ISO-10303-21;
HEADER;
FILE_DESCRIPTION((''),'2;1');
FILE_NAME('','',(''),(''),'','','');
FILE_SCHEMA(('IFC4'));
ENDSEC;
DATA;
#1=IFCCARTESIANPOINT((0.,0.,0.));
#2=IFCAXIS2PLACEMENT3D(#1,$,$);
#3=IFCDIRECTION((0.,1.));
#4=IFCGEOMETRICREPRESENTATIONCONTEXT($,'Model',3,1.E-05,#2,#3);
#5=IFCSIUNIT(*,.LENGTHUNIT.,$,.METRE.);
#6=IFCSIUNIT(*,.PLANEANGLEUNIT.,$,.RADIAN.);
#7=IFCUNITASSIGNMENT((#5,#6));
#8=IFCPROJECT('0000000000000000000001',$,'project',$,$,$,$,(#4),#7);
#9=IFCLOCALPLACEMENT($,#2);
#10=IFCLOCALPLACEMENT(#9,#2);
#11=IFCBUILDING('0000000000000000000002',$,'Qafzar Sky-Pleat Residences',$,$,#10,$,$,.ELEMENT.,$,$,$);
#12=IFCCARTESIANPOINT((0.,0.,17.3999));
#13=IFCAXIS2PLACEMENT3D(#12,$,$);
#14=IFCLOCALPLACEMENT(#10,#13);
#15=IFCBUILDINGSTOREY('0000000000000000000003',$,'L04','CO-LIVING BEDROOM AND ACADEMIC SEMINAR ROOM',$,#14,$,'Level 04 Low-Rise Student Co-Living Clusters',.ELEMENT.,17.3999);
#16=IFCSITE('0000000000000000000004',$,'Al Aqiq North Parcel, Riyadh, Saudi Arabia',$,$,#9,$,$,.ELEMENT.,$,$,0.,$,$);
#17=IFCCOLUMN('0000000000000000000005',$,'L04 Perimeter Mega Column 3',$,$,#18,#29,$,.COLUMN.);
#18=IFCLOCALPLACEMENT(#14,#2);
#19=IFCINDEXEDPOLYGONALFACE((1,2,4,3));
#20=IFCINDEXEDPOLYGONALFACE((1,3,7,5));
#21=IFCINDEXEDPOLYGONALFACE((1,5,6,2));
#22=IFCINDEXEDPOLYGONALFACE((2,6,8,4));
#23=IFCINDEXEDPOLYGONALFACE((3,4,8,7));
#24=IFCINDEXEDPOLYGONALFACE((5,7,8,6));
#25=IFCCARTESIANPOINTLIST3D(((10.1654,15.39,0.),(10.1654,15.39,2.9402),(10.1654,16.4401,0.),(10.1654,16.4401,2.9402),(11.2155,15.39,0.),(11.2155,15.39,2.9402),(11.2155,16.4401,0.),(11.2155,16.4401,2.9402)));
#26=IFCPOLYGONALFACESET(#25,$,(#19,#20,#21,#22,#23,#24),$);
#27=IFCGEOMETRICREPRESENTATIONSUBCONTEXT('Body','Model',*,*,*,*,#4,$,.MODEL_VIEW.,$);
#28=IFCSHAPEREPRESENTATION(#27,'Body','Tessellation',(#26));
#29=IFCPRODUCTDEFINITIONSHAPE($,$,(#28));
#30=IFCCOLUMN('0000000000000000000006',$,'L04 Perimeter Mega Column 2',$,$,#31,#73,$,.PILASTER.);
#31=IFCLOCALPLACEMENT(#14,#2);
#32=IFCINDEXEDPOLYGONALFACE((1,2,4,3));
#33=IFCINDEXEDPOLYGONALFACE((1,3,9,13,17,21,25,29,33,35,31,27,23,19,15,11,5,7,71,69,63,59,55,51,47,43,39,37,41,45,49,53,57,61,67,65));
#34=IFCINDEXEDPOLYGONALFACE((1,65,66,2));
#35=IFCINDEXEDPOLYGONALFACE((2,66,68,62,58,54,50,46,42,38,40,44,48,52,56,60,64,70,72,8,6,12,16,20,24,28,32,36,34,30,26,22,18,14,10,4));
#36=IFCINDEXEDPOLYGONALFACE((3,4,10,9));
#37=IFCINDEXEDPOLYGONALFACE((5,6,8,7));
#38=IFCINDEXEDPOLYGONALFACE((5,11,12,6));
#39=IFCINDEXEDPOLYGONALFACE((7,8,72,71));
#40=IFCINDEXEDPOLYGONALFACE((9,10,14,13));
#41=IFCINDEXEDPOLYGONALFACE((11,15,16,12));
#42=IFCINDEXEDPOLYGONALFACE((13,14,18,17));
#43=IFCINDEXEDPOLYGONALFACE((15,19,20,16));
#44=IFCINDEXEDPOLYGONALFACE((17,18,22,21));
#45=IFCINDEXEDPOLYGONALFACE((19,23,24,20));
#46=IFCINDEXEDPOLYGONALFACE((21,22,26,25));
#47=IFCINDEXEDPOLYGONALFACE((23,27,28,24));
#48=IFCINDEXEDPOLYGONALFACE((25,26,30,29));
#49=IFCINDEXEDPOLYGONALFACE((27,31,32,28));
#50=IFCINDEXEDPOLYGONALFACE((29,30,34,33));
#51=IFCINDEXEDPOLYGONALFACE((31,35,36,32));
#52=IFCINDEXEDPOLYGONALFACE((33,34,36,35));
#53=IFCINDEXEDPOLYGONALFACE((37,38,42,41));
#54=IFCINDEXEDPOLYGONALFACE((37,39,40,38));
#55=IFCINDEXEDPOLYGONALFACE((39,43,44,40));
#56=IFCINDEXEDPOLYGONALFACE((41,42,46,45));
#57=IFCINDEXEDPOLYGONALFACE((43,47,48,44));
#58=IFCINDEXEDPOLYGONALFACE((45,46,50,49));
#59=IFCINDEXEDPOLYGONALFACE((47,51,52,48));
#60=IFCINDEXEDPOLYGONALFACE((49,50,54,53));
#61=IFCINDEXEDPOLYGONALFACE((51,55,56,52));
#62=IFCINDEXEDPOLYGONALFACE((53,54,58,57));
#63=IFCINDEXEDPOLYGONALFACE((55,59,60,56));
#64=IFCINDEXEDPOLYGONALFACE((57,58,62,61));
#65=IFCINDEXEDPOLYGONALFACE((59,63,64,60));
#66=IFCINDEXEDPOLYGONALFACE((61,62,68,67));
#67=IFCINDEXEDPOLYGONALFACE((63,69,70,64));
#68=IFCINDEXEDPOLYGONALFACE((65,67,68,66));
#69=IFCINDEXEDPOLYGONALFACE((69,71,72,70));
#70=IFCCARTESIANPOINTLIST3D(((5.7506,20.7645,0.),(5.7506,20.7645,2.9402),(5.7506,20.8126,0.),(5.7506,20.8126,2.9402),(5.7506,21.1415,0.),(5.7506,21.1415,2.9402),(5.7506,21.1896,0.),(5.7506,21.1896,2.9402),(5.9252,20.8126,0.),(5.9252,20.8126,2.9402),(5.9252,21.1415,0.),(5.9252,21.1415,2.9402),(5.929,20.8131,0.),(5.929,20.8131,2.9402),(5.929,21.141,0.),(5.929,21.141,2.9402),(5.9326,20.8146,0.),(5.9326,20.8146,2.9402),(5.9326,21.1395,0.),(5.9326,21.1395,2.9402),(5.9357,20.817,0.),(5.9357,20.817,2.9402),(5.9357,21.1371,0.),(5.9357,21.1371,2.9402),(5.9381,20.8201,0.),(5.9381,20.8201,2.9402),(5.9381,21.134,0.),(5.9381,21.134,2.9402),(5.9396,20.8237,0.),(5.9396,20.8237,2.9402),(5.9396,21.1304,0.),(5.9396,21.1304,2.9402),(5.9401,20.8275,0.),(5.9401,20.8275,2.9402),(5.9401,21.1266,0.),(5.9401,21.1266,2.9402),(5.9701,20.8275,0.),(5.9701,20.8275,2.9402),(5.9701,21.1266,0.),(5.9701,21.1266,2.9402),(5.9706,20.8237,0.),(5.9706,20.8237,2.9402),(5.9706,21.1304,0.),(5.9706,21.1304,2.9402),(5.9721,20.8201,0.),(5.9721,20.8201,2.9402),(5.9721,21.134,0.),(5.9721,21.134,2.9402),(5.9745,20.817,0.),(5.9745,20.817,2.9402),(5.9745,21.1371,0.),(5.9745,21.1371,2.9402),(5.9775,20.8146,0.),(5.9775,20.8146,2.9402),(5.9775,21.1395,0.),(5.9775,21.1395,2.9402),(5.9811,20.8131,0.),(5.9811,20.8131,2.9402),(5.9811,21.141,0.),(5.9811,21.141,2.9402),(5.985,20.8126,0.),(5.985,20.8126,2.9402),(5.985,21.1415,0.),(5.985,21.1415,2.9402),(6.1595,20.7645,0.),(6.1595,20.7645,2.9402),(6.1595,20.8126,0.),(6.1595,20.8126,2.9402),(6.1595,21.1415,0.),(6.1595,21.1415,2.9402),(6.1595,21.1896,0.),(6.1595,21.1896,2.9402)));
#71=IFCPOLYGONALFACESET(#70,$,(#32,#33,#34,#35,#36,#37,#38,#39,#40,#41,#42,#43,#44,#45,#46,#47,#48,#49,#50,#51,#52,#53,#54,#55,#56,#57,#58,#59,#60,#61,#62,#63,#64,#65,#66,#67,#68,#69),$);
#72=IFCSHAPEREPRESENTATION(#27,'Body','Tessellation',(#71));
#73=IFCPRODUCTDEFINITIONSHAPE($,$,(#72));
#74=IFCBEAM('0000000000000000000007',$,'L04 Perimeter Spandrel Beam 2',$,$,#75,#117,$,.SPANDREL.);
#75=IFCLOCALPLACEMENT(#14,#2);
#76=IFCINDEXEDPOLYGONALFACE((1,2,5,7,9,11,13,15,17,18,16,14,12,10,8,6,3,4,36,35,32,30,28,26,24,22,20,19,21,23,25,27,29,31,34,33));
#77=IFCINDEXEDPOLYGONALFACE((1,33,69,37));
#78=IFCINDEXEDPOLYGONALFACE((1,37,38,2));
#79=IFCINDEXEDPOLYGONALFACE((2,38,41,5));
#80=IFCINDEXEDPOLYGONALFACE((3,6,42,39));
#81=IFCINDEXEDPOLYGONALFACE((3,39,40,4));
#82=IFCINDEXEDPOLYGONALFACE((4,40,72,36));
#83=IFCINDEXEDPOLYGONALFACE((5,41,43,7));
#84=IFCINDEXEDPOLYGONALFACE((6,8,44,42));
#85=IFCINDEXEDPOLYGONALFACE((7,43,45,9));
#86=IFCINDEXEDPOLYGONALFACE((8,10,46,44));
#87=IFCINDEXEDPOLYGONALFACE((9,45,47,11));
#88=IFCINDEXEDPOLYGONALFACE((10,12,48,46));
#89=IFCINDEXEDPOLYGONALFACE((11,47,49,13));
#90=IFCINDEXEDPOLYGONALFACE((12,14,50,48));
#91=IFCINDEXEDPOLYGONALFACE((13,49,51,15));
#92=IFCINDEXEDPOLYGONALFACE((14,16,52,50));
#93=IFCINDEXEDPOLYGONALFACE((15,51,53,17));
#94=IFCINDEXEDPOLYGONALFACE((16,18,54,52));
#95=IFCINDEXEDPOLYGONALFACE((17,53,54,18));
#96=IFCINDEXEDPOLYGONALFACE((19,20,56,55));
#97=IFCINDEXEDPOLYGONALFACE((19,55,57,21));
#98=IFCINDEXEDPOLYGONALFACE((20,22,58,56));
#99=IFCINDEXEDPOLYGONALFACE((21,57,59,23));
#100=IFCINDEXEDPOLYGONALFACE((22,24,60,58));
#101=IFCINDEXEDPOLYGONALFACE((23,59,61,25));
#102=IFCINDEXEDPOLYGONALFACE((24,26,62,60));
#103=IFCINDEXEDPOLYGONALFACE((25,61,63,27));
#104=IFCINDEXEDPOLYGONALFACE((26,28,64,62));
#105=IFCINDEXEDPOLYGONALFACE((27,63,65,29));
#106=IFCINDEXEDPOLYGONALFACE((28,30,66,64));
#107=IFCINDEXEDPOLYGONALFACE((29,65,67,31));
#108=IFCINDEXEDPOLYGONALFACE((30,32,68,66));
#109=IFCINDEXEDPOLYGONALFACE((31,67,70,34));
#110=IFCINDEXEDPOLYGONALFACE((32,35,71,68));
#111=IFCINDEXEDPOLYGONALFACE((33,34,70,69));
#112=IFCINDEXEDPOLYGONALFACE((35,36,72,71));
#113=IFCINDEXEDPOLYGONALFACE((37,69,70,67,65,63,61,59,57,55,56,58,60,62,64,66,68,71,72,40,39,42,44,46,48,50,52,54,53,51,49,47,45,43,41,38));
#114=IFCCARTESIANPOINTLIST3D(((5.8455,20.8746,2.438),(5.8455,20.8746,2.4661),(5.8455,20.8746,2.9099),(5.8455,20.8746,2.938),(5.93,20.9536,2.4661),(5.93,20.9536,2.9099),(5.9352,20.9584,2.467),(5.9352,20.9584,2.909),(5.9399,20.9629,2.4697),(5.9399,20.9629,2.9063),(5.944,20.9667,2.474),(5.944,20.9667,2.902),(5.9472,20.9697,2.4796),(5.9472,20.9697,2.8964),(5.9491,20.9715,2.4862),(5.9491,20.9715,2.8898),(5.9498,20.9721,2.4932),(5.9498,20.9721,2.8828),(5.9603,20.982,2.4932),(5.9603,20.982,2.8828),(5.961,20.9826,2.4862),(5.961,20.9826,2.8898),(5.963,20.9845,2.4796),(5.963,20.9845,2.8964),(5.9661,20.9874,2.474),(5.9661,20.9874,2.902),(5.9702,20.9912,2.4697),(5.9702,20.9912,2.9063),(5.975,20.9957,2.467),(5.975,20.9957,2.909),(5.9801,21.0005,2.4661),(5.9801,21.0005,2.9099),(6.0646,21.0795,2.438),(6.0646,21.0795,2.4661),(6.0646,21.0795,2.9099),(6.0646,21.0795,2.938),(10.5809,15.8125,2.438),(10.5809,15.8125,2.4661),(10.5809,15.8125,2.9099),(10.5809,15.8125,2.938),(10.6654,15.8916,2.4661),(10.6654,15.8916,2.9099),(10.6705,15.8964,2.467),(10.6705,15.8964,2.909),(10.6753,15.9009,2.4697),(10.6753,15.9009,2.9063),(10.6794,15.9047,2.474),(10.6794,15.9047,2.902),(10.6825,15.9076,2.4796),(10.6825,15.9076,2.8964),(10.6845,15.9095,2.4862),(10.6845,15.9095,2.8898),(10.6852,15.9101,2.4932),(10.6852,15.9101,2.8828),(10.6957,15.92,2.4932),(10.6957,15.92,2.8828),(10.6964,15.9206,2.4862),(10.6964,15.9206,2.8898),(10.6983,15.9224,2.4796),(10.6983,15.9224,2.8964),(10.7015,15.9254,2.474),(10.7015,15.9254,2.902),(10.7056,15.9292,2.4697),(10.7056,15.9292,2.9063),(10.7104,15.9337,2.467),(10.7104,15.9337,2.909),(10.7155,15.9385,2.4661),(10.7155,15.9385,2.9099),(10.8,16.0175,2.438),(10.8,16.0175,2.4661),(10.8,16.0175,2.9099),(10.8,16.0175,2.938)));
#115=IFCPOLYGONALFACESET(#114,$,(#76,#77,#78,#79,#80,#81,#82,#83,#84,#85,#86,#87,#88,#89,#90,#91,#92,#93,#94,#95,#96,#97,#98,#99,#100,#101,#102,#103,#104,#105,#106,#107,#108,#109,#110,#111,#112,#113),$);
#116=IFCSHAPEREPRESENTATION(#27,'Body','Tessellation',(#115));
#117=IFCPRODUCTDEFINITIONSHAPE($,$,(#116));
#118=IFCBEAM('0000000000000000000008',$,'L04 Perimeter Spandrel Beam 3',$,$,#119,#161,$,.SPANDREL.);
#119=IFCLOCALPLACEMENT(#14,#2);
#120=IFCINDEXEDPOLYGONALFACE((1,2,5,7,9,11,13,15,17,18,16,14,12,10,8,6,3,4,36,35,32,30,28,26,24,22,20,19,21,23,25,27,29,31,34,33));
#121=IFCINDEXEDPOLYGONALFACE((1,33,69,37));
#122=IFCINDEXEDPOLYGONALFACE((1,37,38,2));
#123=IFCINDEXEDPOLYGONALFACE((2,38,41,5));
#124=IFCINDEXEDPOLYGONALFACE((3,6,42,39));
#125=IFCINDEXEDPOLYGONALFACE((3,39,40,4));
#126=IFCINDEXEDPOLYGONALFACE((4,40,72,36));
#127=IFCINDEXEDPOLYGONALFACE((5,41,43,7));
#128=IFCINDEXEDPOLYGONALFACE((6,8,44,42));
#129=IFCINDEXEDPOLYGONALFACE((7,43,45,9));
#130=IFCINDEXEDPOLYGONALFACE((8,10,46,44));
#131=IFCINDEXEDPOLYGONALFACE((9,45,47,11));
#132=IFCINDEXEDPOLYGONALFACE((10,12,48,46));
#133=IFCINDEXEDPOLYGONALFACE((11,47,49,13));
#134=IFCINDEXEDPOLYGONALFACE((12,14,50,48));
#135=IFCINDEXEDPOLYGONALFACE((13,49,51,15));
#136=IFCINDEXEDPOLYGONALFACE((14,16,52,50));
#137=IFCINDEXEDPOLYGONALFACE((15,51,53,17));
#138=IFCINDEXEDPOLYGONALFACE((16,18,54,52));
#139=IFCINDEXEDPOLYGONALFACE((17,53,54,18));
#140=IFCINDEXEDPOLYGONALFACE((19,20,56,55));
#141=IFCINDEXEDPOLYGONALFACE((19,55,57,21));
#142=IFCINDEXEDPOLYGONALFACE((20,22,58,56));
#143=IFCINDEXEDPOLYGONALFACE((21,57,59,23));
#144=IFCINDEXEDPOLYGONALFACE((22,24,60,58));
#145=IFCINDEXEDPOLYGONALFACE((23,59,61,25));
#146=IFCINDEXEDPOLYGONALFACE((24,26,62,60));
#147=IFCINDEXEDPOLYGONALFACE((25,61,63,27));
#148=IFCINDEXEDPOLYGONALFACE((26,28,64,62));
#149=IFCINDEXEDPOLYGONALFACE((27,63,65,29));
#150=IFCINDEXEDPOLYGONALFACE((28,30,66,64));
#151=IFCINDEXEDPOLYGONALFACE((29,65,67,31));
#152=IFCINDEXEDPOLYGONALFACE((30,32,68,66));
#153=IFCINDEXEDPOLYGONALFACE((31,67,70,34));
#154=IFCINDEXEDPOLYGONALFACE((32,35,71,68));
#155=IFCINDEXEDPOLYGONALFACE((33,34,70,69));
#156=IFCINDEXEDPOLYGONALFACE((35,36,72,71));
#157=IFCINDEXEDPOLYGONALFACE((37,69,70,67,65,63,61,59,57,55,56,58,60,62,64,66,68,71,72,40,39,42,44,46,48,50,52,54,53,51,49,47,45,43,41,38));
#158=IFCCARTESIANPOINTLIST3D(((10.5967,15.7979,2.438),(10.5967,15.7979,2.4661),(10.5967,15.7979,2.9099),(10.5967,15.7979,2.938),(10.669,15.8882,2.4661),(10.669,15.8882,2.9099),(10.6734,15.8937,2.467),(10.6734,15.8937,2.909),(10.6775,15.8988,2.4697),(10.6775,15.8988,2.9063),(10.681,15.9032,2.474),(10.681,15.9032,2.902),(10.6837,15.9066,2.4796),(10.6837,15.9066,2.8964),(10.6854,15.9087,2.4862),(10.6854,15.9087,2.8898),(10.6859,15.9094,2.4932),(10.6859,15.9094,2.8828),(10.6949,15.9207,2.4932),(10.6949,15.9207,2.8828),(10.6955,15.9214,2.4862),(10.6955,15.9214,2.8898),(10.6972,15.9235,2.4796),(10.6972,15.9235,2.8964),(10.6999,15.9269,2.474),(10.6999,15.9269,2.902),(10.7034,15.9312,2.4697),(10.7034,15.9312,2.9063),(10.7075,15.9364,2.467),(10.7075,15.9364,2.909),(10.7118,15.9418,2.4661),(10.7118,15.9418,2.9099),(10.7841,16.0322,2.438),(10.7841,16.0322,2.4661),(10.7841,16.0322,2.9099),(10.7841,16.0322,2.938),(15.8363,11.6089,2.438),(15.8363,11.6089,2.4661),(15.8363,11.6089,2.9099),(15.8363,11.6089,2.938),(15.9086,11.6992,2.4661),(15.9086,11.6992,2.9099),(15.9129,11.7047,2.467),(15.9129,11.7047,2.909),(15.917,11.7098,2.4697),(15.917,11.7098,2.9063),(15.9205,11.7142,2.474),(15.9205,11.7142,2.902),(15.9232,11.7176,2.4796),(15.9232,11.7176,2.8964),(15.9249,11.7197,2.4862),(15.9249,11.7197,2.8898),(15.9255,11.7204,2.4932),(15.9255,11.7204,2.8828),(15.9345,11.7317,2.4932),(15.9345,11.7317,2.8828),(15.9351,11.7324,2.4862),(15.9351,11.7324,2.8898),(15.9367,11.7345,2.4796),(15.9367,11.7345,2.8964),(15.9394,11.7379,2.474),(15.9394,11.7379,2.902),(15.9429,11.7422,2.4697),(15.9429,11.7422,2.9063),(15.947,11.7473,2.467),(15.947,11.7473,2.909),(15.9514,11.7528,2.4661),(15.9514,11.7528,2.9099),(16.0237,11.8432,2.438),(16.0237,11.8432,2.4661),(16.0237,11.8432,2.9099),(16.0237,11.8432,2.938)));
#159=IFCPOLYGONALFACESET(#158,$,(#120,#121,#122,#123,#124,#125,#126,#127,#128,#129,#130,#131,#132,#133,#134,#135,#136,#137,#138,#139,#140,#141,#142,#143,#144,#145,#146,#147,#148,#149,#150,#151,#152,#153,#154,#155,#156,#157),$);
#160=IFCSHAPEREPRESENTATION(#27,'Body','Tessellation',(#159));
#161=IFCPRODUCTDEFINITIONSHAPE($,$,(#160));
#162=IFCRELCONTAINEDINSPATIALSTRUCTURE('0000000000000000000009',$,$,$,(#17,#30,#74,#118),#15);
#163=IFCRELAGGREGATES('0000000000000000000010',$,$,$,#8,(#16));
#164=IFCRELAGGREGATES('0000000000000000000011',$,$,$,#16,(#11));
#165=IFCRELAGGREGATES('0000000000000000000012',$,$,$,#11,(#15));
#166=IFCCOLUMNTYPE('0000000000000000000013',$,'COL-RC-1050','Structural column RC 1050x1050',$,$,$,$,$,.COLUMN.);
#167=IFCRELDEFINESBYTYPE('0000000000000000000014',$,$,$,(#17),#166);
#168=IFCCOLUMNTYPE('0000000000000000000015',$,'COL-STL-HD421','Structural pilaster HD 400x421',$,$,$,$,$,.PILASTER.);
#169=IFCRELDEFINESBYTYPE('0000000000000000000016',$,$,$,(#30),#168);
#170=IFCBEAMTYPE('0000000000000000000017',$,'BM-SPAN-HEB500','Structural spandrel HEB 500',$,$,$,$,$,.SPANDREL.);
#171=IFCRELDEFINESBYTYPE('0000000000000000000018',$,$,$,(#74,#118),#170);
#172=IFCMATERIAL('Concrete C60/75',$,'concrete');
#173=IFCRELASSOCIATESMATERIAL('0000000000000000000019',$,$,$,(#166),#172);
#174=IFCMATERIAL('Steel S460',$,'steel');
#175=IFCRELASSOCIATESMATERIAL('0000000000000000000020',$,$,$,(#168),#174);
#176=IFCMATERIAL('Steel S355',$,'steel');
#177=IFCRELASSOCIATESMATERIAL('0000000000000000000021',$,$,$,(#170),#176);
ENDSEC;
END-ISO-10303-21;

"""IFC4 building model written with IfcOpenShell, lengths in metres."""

from ifc_helpers import new_model, si_unit, direction, frame, origin, origin_2d, place, context, subcontext, project, spatial, rectangle, i_section, extrude, source, transform, mapped, material, material_profile, profile_set, type_object, element, save


model = new_model("IFC4")

# Units and contexts
model_context = context("Model", 3, precision=1e-05, world=origin(), true_north=direction((0.0, 1.0)))
body_context = subcontext(model_context, "Body", "Model", "MODEL_VIEW")
ifc_project = project(units=[si_unit("LENGTHUNIT", "METRE"), si_unit("PLANEANGLEUNIT", "RADIAN")], contexts=[model_context])

# Site, building, storey
site_placement = place(None, origin())
site = spatial("IfcSite", under=ifc_project, at=site_placement, Name="Al Aqiq North Parcel, Riyadh, Saudi Arabia", CompositionType="ELEMENT", RefElevation=0.0)
building_placement = place(site_placement, origin())
building = spatial("IfcBuilding", under=site, at=building_placement, Name="Qafzar Sky-Pleat Residences", CompositionType="ELEMENT")
storey_placement = place(building_placement, frame((0.0, 0.0, 17.3999)))
storey = spatial("IfcBuildingStorey", under=building, at=storey_placement, Name="L04", Description="CO-LIVING BEDROOM AND ACADEMIC SEMINAR ROOM", LongName="Level 04 Low-Rise Student Co-Living Clusters", CompositionType="ELEMENT", Elevation=17.3999)

# Columns
ifc_material_1 = material(Name="Concrete C60/75", Category="concrete")
ifc_material_profile_1 = material_profile(ifc_material_1, rectangle(XDim=1.05, YDim=1.05, at=origin_2d()), Name="RC 1050x1050")
ifc_profile_set_1 = profile_set([ifc_material_profile_1], Name="Concrete C60/75")
column_type_1 = type_object("IfcColumnType", Name="COL-RC-1050", Description="Structural column RC 1050x1050", PredefinedType="COLUMN", material=ifc_profile_set_1)
shared_shape_1 = source(origin(), body_context, "Body", "SweptSolid", [
    extrude(rectangle(XDim=1.05, YDim=1.05, at=origin_2d()), origin(), (0.0, 0.0, 1.0), 2.9402),
])
column_1_placement = place(storey_placement, frame((10.6904, 15.915, 0.0), z_axis=(0.0, 0.0, 1.0), x_axis=(1.0, 0.0, 0.0)))
element("IfcColumn", 1, at=column_1_placement, inside=storey, type_object=column_type_1, Name="L04 Perimeter Mega Column 3", PredefinedType="COLUMN", context=body_context, shape_type="MappedRepresentation", body=[
    mapped(shared_shape_1, transform((0.0, 0.0, 0.0), x_axis=(1.0, 0.0, 0.0), y_axis=(0.0, 1.0, 0.0), z_axis=(0.0, 0.0, 1.0), scale=1.0)),
])
ifc_material_2 = material(Name="Steel S460", Category="steel")
ifc_material_profile_2 = material_profile(ifc_material_2, i_section(OverallWidth=0.4089, OverallDepth=0.425, WebThickness=0.03, FlangeThickness=0.0481, FilletRadius=0.0149, at=origin_2d()), Name="HD 400x421")
ifc_profile_set_2 = profile_set([ifc_material_profile_2], Name="Steel S460")
column_type_2 = type_object("IfcColumnType", Name="COL-STL-HD421", Description="Structural pilaster HD 400x421", PredefinedType="PILASTER", material=ifc_profile_set_2)
shared_shape_2 = source(origin(), body_context, "Body", "SweptSolid", [
    extrude(i_section(OverallWidth=0.4089, OverallDepth=0.425, WebThickness=0.03, FlangeThickness=0.0481, FilletRadius=0.0149, at=origin_2d()), origin(), (0.0, 0.0, 1.0), 2.9402),
])
column_2_placement = place(storey_placement, frame((5.9551, 20.9771, 0.0), z_axis=(0.0, 0.0, 1.0), x_axis=(1.0, 0.0, 0.0)))
element("IfcColumn", 2, at=column_2_placement, inside=storey, type_object=column_type_2, Name="L04 Perimeter Mega Column 2", PredefinedType="PILASTER", context=body_context, shape_type="MappedRepresentation", body=[
    mapped(shared_shape_2, transform((0.0, 0.0, 0.0), x_axis=(1.0, 0.0, 0.0), y_axis=(0.0, 1.0, 0.0), z_axis=(0.0, 0.0, 1.0), scale=1.0)),
])

# Beams
ifc_material_3 = material(Name="Steel S355", Category="steel")
ifc_material_profile_3 = material_profile(ifc_material_3, i_section(OverallWidth=0.3, OverallDepth=0.5, WebThickness=0.0144, FlangeThickness=0.0281, FilletRadius=0.0271, at=origin_2d()), Name="HEB 500")
ifc_profile_set_3 = profile_set([ifc_material_profile_3], Name="Steel S355")
beam_type_1 = type_object("IfcBeamType", Name="BM-SPAN-HEB500", Description="Structural spandrel HEB 500", PredefinedType="SPANDREL", material=ifc_profile_set_3)
shared_shape_3 = source(origin(), body_context, "Body", "SweptSolid", [
    extrude(i_section(OverallWidth=0.3, OverallDepth=0.5, WebThickness=0.0144, FlangeThickness=0.0281, FilletRadius=0.0271, at=origin_2d()), origin(), (0.0, 0.0, 1.0), 6.9316),
])
beam_1_placement = place(storey_placement, frame((5.9551, 20.9771, 2.688), z_axis=(0.683151, -0.730277, 0.0), x_axis=(0.730277, 0.683151, 0.0)))
element("IfcBeam", 3, at=beam_1_placement, inside=storey, type_object=beam_type_1, Name="L04 Perimeter Spandrel Beam 2", PredefinedType="SPANDREL", context=body_context, shape_type="MappedRepresentation", body=[
    mapped(shared_shape_3, transform((0.0, 0.0, 0.0), x_axis=(1.0, 0.0, 0.0), y_axis=(0.0, 1.0, 0.0), z_axis=(0.0, 0.0, 1.0), scale=1.0)),
])
shared_shape_4 = source(origin(), body_context, "Body", "SweptSolid", [
    extrude(i_section(OverallWidth=0.3, OverallDepth=0.5, WebThickness=0.0144, FlangeThickness=0.0281, FilletRadius=0.0271, at=origin_2d()), origin(), (0.0, 0.0, 1.0), 6.7083),
])
beam_2_placement = place(storey_placement, frame((10.6904, 15.915, 2.688), z_axis=(0.781061, -0.624455, 0.0), x_axis=(0.624455, 0.781061, 0.0)))
element("IfcBeam", 4, at=beam_2_placement, inside=storey, type_object=beam_type_1, Name="L04 Perimeter Spandrel Beam 3", PredefinedType="SPANDREL", context=body_context, shape_type="MappedRepresentation", body=[
    mapped(shared_shape_4, transform((0.0, 0.0, 0.0), x_axis=(1.0, 0.0, 0.0), y_axis=(0.0, 1.0, 0.0), z_axis=(0.0, 0.0, 1.0), scale=1.0)),
])

save(model, "model.ifc")
